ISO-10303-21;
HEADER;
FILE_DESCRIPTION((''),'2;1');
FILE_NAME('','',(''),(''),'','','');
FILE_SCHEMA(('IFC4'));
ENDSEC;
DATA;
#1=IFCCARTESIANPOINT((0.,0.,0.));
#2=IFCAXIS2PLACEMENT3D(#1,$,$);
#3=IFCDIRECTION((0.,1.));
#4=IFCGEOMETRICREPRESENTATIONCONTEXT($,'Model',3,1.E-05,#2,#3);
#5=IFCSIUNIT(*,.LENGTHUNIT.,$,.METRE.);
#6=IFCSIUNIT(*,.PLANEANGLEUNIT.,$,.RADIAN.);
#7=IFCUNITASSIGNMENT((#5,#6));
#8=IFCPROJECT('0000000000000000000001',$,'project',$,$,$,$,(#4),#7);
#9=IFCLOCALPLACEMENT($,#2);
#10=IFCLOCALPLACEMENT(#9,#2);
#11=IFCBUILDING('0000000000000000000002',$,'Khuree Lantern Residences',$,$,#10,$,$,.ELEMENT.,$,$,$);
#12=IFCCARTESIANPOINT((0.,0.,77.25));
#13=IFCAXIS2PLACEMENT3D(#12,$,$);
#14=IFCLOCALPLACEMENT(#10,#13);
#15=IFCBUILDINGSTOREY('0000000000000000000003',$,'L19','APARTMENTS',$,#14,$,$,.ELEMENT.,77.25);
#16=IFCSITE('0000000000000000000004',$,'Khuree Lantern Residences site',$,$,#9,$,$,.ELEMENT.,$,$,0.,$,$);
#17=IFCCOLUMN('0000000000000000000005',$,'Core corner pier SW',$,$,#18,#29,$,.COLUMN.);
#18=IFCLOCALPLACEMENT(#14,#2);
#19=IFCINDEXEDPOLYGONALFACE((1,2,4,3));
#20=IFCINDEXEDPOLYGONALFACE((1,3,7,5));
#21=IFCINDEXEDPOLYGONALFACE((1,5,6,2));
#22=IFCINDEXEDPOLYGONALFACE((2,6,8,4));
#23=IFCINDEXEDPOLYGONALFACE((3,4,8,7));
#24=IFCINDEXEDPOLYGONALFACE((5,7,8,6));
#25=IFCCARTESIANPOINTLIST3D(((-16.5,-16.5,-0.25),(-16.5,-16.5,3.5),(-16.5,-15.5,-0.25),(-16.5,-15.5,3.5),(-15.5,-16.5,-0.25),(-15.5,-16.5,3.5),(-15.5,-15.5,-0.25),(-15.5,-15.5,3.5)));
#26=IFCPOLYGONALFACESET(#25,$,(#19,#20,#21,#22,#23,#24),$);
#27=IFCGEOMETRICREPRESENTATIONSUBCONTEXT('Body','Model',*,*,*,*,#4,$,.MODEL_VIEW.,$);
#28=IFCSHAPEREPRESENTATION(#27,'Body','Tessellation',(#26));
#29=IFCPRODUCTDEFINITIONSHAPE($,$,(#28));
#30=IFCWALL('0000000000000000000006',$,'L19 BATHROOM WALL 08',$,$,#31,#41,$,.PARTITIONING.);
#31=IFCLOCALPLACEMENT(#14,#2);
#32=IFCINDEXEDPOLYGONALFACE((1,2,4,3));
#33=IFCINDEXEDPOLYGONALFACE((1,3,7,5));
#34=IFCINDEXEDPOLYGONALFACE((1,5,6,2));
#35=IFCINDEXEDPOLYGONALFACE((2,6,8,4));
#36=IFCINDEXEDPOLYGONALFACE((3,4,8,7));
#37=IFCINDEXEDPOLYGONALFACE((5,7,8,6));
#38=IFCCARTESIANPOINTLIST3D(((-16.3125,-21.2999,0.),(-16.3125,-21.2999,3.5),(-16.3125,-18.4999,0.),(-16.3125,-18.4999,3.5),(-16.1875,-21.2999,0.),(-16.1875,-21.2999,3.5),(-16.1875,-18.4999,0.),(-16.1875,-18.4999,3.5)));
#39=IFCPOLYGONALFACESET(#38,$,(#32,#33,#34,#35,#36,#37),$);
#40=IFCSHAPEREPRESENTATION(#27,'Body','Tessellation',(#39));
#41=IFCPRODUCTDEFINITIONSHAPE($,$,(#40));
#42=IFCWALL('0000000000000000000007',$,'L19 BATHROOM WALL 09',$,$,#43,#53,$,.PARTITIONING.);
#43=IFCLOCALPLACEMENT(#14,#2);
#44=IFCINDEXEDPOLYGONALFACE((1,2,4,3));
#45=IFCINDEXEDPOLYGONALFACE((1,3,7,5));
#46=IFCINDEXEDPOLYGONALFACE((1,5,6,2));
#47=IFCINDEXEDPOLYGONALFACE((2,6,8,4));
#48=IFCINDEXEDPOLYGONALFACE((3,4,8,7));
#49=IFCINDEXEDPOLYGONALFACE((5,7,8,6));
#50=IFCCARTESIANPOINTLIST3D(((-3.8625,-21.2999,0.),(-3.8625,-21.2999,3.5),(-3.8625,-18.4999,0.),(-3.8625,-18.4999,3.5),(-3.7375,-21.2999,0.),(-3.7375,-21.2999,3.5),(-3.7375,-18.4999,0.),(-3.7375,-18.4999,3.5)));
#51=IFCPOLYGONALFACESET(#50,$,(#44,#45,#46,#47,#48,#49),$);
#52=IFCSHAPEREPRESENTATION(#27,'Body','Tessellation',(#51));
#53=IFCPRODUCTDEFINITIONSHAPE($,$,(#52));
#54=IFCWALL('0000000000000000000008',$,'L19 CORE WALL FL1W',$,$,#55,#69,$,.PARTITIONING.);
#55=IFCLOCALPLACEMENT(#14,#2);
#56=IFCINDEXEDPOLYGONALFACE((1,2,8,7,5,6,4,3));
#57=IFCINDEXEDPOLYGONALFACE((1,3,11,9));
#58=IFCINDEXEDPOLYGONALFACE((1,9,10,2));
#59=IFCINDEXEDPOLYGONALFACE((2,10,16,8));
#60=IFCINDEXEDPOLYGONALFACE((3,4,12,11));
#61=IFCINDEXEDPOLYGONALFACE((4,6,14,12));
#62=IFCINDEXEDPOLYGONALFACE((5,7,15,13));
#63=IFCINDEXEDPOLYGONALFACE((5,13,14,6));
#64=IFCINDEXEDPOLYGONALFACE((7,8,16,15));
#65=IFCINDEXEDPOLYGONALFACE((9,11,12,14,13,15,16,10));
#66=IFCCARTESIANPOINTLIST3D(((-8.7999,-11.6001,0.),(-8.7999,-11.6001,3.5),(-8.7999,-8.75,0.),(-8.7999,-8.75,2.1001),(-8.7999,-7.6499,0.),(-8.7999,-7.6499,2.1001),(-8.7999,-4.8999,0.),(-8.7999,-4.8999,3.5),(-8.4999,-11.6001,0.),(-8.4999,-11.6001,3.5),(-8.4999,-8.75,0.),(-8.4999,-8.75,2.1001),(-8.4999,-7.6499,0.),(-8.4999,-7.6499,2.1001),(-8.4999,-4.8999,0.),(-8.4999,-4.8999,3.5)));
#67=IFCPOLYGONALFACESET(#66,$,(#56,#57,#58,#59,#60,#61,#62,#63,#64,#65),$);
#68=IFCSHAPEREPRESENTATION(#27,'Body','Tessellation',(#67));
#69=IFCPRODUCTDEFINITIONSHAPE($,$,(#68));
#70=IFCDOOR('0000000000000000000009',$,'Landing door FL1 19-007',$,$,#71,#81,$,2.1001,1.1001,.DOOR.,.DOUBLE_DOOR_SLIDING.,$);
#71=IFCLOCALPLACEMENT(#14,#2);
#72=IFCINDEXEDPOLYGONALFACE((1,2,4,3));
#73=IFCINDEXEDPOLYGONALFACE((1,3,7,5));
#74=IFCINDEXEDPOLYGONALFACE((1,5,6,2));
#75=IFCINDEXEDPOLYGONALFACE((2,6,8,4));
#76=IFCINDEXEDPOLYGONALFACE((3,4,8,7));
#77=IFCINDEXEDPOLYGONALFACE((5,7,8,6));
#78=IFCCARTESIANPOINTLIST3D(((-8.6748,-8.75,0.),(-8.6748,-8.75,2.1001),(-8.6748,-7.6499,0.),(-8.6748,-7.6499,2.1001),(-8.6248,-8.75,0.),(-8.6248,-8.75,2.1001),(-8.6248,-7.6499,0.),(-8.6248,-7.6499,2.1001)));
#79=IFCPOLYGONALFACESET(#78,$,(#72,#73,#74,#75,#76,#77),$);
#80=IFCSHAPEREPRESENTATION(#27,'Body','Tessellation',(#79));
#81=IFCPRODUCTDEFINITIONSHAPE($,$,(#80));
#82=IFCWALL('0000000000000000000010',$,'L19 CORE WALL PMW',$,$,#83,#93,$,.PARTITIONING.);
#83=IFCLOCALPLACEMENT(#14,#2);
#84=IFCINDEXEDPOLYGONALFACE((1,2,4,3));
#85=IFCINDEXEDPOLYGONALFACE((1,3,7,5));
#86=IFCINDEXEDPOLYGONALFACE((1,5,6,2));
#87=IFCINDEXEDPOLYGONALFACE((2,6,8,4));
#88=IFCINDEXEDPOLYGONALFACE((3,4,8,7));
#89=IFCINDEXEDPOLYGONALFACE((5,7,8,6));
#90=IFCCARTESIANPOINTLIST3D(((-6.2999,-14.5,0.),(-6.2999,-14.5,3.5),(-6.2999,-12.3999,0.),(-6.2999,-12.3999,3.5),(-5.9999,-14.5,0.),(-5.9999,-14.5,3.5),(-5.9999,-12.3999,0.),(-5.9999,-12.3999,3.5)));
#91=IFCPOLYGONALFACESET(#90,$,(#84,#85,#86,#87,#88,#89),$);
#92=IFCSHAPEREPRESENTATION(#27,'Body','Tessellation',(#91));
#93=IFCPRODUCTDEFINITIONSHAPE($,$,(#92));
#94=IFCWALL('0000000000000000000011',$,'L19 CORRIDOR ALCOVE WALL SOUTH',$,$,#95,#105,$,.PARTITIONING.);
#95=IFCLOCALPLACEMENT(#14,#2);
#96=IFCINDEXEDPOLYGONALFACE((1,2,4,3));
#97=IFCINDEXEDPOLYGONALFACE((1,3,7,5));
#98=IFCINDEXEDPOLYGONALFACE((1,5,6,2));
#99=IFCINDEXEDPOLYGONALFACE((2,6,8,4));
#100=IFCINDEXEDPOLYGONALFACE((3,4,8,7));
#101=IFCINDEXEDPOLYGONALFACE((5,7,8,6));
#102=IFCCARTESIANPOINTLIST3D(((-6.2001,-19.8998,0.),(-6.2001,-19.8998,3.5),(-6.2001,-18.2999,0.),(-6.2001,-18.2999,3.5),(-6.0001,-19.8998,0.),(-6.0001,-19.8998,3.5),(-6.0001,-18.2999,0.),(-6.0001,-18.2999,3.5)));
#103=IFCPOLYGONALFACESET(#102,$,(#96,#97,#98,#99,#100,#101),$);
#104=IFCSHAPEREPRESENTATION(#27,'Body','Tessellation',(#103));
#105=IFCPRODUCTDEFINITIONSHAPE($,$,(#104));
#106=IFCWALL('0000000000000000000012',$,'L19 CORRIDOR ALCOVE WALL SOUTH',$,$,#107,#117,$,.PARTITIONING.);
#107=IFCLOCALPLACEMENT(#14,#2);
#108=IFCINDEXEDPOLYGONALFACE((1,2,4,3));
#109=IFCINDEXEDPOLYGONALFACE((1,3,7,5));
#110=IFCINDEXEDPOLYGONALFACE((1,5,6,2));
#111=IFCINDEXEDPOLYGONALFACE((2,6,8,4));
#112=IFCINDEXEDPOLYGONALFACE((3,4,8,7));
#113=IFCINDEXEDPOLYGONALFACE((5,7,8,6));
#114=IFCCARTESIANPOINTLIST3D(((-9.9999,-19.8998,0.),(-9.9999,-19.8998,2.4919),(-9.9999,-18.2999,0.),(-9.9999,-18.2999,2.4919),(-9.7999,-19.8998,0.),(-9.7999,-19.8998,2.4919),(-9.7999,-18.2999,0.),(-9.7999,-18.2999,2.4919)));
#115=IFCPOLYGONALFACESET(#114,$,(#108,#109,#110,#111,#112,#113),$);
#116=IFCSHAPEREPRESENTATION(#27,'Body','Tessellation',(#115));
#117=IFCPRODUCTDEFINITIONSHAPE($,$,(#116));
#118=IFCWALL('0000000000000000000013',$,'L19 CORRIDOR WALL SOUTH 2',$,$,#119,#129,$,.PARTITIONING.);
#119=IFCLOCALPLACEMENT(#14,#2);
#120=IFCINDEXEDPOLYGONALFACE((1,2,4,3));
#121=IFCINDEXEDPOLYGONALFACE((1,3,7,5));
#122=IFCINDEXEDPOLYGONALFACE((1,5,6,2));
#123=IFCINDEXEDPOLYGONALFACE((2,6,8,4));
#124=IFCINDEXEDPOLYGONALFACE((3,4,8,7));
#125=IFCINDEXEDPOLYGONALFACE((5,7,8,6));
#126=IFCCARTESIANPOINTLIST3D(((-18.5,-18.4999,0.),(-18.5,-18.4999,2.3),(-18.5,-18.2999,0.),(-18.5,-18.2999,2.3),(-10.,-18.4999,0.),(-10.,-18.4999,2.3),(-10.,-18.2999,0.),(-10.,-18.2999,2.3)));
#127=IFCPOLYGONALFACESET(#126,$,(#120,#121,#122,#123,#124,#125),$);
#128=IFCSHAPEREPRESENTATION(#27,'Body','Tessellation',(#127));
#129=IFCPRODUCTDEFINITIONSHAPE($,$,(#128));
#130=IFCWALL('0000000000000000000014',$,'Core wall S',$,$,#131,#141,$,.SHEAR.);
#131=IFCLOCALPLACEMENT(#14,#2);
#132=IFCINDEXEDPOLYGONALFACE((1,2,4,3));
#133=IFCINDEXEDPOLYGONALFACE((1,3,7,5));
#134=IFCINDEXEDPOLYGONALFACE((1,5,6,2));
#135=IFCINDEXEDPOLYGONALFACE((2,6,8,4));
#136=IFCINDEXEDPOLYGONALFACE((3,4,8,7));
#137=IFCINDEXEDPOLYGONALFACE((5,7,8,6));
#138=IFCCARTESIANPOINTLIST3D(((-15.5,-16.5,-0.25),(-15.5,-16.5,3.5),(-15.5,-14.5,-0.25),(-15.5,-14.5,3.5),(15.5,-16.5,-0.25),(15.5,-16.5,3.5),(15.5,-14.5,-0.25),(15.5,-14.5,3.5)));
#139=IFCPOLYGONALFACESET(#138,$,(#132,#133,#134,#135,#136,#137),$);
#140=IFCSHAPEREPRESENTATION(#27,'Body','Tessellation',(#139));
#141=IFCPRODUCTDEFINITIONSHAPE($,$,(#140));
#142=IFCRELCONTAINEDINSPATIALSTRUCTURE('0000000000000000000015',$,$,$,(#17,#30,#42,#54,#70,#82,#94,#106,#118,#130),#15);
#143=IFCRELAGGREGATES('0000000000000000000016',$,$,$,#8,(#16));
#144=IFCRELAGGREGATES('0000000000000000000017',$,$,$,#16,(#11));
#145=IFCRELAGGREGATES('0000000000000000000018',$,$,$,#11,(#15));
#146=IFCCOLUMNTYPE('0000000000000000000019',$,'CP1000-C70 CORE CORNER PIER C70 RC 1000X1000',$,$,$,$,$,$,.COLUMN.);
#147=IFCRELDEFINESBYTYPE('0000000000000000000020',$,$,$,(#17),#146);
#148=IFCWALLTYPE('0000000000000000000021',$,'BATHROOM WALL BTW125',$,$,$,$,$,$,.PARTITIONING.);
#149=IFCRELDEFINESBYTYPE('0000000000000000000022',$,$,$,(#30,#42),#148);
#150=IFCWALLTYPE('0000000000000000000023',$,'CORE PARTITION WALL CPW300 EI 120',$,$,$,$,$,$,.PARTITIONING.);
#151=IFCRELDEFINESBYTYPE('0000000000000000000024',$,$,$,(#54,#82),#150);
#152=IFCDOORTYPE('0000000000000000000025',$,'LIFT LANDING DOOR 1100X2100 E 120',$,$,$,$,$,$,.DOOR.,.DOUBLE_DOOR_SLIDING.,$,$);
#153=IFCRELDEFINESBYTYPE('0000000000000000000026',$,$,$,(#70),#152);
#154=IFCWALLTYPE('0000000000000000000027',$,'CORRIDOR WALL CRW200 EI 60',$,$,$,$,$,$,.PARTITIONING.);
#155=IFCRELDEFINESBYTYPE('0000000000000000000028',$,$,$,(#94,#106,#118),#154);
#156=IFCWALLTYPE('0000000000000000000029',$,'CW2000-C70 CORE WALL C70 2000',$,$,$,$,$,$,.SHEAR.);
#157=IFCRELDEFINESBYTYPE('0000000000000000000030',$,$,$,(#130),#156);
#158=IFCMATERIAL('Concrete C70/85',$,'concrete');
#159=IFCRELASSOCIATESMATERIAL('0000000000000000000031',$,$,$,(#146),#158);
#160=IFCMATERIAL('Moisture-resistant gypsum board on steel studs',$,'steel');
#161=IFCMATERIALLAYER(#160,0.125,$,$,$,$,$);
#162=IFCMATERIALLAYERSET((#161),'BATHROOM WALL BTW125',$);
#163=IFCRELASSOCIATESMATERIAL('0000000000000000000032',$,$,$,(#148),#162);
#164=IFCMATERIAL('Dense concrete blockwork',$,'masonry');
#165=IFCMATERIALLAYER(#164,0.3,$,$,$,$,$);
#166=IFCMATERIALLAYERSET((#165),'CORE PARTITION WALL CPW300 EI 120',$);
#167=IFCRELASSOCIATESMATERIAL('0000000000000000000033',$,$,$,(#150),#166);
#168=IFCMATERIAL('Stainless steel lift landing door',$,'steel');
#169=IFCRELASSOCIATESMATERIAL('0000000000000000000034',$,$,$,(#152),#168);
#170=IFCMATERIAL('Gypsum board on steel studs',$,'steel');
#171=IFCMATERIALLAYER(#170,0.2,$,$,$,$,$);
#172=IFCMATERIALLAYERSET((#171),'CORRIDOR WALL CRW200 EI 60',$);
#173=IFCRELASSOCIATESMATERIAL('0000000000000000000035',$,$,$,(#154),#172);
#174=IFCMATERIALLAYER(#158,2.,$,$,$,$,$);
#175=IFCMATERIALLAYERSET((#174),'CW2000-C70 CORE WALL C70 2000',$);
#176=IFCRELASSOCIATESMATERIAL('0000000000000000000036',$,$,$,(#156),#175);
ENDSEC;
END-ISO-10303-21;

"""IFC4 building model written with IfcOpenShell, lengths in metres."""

from ifc_helpers import new_model, si_unit, direction, frame, frame_2d, origin, origin_2d, place, context, subcontext, project, spatial, rectangle, extrude, material, layer, layer_set, material_profile, profile_set, type_object, element, fill, save


model = new_model("IFC4")

# Units and contexts
model_context = context("Model", 3, precision=1e-05, world=origin(), true_north=direction((0.0, 1.0)))
body_context = subcontext(model_context, "Body", "Model", "MODEL_VIEW")
ifc_project = project(units=[si_unit("LENGTHUNIT", "METRE"), si_unit("PLANEANGLEUNIT", "RADIAN")], contexts=[model_context])

# Site, building, storey
site_placement = place(None, origin())
site = spatial("IfcSite", under=ifc_project, at=site_placement, Name="Khuree Lantern Residences site", CompositionType="ELEMENT", RefElevation=0.0)
building_placement = place(site_placement, origin())
building = spatial("IfcBuilding", under=site, at=building_placement, Name="Khuree Lantern Residences", CompositionType="ELEMENT")
storey_placement = place(building_placement, frame((0.0, 0.0, 77.25)))
storey = spatial("IfcBuildingStorey", under=building, at=storey_placement, Name="L19", Description="APARTMENTS", CompositionType="ELEMENT", Elevation=77.25)

# Column
ifc_material_1 = material(Name="Concrete C70/85", Category="concrete")
ifc_material_profile = material_profile(ifc_material_1, rectangle(XDim=1.0, YDim=1.0, at=origin_2d()), Name="RC 1000X1000")
ifc_profile_set = profile_set([ifc_material_profile], Name="Concrete C70/85")
column_type = type_object("IfcColumnType", Name="CP1000-C70 CORE CORNER PIER C70 RC 1000X1000", PredefinedType="COLUMN", material=ifc_profile_set)
column_placement = place(storey_placement, frame((-16.0, -16.0, -0.25), z_axis=(0.0, 0.0, 1.0), x_axis=(1.0, 0.0, 0.0)))
element("IfcColumn", 1, at=column_placement, inside=storey, type_object=column_type, Name="Core corner pier SW", PredefinedType="COLUMN", context=body_context, shape_type="SweptSolid", body=[
    extrude(rectangle(XDim=1.0, YDim=1.0, at=origin_2d()), origin(), (0.0, 0.0, 1.0), 3.75),
])

# Walls
ifc_material_2 = material(Name="Moisture-resistant gypsum board on steel studs", Category="steel")
ifc_layer_1 = layer(ifc_material_2, 0.125)
ifc_layer_set_1 = layer_set([ifc_layer_1], Name="BATHROOM WALL BTW125")
wall_type_1 = type_object("IfcWallType", Name="BATHROOM WALL BTW125", PredefinedType="PARTITIONING", material=ifc_layer_set_1)
for number, where, z_axis, x_axis, name in (
    (2, (-16.25, -18.5, 0.0), (0.0, 0.0, 1.0), (0.0, -1.0, 0.0), "L19 BATHROOM WALL 08"),
    (3, (-3.8, -18.5, 0.0), (0.0, 0.0, 1.0), (0.0, -1.0, 0.0), "L19 BATHROOM WALL 09"),
):
    element("IfcWall", number, at=place(storey_placement, frame(where, z_axis=z_axis, x_axis=x_axis)), inside=storey, type_object=wall_type_1, Name=name, PredefinedType="PARTITIONING", context=body_context, shape_type="SweptSolid", body=[
        extrude(rectangle(XDim=2.8, YDim=0.125, at=frame_2d((1.3999, 0.0))), origin(), (0.0, 0.0, 1.0), 3.5),
    ])

# Wall, opening, door
ifc_material_3 = material(Name="Dense concrete blockwork", Category="masonry")
ifc_layer_2 = layer(ifc_material_3, 0.3)
ifc_layer_set_2 = layer_set([ifc_layer_2], Name="CORE PARTITION WALL CPW300 EI 120")
wall_type_2 = type_object("IfcWallType", Name="CORE PARTITION WALL CPW300 EI 120", PredefinedType="PARTITIONING", material=ifc_layer_set_2)
wall_1_placement = place(storey_placement, frame((-8.6499, -11.6001, 0.0), z_axis=(0.0, 0.0, 1.0), x_axis=(0.0, 1.0, 0.0)))
wall_1 = element("IfcWall", 4, at=wall_1_placement, inside=storey, type_object=wall_type_2, Name="L19 CORE WALL FL1W", PredefinedType="PARTITIONING", context=body_context, shape_type="SweptSolid", body=[
    extrude(rectangle(XDim=6.7002, YDim=0.3, at=frame_2d((3.3501, 0.0))), origin(), (0.0, 0.0, 1.0), 3.5),
])
opening_1_placement = place(wall_1_placement, frame((2.8501, 0.0, 0.0)))
opening_1 = element("IfcOpeningElement", 5, at=opening_1_placement, cuts=wall_1, PredefinedType="OPENING", context=body_context, shape_type="SweptSolid", body=[
    extrude(rectangle(XDim=1.1001, YDim=2.1001, at=frame_2d((0.55, 1.05))), frame((0.0, 0.1602, 0.0), z_axis=(0.0, -1.0, 0.0), x_axis=(1.0, 0.0, 0.0)), (0.0, 0.0, 1.0), 0.3201),
])
ifc_material_4 = material(Name="Stainless steel lift landing door", Category="steel")
door_type_1 = type_object("IfcDoorType", Name="LIFT LANDING DOOR 1100X2100 E 120", OperationType="DOUBLE_DOOR_SLIDING", PredefinedType="DOOR", material=ifc_material_4)
door_1_placement = place(opening_1_placement, origin())
door_1 = element("IfcDoor", 6, at=door_1_placement, inside=storey, type_object=door_type_1, Name="Landing door FL1 19-007", OperationType="DOUBLE_DOOR_SLIDING", OverallHeight=2.1001, OverallWidth=1.1001, PredefinedType="DOOR", context=body_context, shape_type="SweptSolid", body=[
    extrude(rectangle(XDim=1.1001, YDim=2.1001, at=frame_2d((0.55, 1.05))), frame((0.0, 0.0249, 0.0), z_axis=(0.0, -1.0, 0.0), x_axis=(1.0, 0.0, 0.0)), (0.0, 0.0, 1.0), 0.05),
])
fill(opening_1, door_1)

# Walls
wall_2_placement = place(storey_placement, frame((-6.1499, -14.5, 0.0), z_axis=(0.0, 0.0, 1.0), x_axis=(0.0, 1.0, 0.0)))
element("IfcWall", 7, at=wall_2_placement, inside=storey, type_object=wall_type_2, Name="L19 CORE WALL PMW", PredefinedType="PARTITIONING", context=body_context, shape_type="SweptSolid", body=[
    extrude(rectangle(XDim=2.1001, YDim=0.3, at=frame_2d((1.05, 0.0))), origin(), (0.0, 0.0, 1.0), 3.5),
])
ifc_material_5 = material(Name="Gypsum board on steel studs", Category="steel")
ifc_layer_3 = layer(ifc_material_5, 0.2)
ifc_layer_set_3 = layer_set([ifc_layer_3], Name="CORRIDOR WALL CRW200 EI 60")
wall_type_3 = type_object("IfcWallType", Name="CORRIDOR WALL CRW200 EI 60", PredefinedType="PARTITIONING", material=ifc_layer_set_3)
wall_3_placement = place(storey_placement, frame((-6.1001, -18.3, 0.0), z_axis=(0.0, 0.0, 1.0), x_axis=(0.0, -1.0, 0.0)))
element("IfcWall", 8, at=wall_3_placement, inside=storey, type_object=wall_type_3, Name="L19 CORRIDOR ALCOVE WALL SOUTH", PredefinedType="PARTITIONING", context=body_context, shape_type="SweptSolid", body=[
    extrude(rectangle(XDim=1.5999, YDim=0.2, at=frame_2d((0.7998, 0.0))), origin(), (0.0, 0.0, 1.0), 3.5),
])
wall_4_placement = place(storey_placement, frame((-9.8999, -18.3, 0.0), z_axis=(0.0, 0.0, 1.0), x_axis=(0.0, -1.0, 0.0)))
element("IfcWall", 9, at=wall_4_placement, inside=storey, type_object=wall_type_3, Name="L19 CORRIDOR ALCOVE WALL SOUTH", PredefinedType="PARTITIONING", context=body_context, shape_type="SweptSolid", body=[
    extrude(rectangle(XDim=1.5999, YDim=0.2, at=frame_2d((0.7998, 0.0))), origin(), (0.0, 0.0, 1.0), 2.4919),
])
wall_5_placement = place(storey_placement, frame((-10.0, -18.3999, 0.0), z_axis=(0.0, 0.0, 1.0), x_axis=(-1.0, 0.0, 0.0)))
element("IfcWall", 10, at=wall_5_placement, inside=storey, type_object=wall_type_3, Name="L19 CORRIDOR WALL SOUTH 2", PredefinedType="PARTITIONING", context=body_context, shape_type="SweptSolid", body=[
    extrude(rectangle(XDim=8.5, YDim=0.2, at=frame_2d((4.25, 0.0))), origin(), (0.0, 0.0, 1.0), 2.3),
])
ifc_layer_4 = layer(ifc_material_1, 2.0)
ifc_layer_set_4 = layer_set([ifc_layer_4], Name="CW2000-C70 CORE WALL C70 2000")
wall_type_4 = type_object("IfcWallType", Name="CW2000-C70 CORE WALL C70 2000", PredefinedType="SHEAR", material=ifc_layer_set_4)
wall_6_placement = place(storey_placement, frame((-15.5, -15.5, -0.25), z_axis=(0.0, 0.0, 1.0), x_axis=(1.0, 0.0, 0.0)))
element("IfcWall", 11, at=wall_6_placement, inside=storey, type_object=wall_type_4, Name="Core wall S", PredefinedType="SHEAR", context=body_context, shape_type="SweptSolid", body=[
    extrude(rectangle(XDim=31.0, YDim=2.0, at=frame_2d((15.5, 0.0))), origin(), (0.0, 0.0, 1.0), 3.75),
])

save(model, "model.ifc")
